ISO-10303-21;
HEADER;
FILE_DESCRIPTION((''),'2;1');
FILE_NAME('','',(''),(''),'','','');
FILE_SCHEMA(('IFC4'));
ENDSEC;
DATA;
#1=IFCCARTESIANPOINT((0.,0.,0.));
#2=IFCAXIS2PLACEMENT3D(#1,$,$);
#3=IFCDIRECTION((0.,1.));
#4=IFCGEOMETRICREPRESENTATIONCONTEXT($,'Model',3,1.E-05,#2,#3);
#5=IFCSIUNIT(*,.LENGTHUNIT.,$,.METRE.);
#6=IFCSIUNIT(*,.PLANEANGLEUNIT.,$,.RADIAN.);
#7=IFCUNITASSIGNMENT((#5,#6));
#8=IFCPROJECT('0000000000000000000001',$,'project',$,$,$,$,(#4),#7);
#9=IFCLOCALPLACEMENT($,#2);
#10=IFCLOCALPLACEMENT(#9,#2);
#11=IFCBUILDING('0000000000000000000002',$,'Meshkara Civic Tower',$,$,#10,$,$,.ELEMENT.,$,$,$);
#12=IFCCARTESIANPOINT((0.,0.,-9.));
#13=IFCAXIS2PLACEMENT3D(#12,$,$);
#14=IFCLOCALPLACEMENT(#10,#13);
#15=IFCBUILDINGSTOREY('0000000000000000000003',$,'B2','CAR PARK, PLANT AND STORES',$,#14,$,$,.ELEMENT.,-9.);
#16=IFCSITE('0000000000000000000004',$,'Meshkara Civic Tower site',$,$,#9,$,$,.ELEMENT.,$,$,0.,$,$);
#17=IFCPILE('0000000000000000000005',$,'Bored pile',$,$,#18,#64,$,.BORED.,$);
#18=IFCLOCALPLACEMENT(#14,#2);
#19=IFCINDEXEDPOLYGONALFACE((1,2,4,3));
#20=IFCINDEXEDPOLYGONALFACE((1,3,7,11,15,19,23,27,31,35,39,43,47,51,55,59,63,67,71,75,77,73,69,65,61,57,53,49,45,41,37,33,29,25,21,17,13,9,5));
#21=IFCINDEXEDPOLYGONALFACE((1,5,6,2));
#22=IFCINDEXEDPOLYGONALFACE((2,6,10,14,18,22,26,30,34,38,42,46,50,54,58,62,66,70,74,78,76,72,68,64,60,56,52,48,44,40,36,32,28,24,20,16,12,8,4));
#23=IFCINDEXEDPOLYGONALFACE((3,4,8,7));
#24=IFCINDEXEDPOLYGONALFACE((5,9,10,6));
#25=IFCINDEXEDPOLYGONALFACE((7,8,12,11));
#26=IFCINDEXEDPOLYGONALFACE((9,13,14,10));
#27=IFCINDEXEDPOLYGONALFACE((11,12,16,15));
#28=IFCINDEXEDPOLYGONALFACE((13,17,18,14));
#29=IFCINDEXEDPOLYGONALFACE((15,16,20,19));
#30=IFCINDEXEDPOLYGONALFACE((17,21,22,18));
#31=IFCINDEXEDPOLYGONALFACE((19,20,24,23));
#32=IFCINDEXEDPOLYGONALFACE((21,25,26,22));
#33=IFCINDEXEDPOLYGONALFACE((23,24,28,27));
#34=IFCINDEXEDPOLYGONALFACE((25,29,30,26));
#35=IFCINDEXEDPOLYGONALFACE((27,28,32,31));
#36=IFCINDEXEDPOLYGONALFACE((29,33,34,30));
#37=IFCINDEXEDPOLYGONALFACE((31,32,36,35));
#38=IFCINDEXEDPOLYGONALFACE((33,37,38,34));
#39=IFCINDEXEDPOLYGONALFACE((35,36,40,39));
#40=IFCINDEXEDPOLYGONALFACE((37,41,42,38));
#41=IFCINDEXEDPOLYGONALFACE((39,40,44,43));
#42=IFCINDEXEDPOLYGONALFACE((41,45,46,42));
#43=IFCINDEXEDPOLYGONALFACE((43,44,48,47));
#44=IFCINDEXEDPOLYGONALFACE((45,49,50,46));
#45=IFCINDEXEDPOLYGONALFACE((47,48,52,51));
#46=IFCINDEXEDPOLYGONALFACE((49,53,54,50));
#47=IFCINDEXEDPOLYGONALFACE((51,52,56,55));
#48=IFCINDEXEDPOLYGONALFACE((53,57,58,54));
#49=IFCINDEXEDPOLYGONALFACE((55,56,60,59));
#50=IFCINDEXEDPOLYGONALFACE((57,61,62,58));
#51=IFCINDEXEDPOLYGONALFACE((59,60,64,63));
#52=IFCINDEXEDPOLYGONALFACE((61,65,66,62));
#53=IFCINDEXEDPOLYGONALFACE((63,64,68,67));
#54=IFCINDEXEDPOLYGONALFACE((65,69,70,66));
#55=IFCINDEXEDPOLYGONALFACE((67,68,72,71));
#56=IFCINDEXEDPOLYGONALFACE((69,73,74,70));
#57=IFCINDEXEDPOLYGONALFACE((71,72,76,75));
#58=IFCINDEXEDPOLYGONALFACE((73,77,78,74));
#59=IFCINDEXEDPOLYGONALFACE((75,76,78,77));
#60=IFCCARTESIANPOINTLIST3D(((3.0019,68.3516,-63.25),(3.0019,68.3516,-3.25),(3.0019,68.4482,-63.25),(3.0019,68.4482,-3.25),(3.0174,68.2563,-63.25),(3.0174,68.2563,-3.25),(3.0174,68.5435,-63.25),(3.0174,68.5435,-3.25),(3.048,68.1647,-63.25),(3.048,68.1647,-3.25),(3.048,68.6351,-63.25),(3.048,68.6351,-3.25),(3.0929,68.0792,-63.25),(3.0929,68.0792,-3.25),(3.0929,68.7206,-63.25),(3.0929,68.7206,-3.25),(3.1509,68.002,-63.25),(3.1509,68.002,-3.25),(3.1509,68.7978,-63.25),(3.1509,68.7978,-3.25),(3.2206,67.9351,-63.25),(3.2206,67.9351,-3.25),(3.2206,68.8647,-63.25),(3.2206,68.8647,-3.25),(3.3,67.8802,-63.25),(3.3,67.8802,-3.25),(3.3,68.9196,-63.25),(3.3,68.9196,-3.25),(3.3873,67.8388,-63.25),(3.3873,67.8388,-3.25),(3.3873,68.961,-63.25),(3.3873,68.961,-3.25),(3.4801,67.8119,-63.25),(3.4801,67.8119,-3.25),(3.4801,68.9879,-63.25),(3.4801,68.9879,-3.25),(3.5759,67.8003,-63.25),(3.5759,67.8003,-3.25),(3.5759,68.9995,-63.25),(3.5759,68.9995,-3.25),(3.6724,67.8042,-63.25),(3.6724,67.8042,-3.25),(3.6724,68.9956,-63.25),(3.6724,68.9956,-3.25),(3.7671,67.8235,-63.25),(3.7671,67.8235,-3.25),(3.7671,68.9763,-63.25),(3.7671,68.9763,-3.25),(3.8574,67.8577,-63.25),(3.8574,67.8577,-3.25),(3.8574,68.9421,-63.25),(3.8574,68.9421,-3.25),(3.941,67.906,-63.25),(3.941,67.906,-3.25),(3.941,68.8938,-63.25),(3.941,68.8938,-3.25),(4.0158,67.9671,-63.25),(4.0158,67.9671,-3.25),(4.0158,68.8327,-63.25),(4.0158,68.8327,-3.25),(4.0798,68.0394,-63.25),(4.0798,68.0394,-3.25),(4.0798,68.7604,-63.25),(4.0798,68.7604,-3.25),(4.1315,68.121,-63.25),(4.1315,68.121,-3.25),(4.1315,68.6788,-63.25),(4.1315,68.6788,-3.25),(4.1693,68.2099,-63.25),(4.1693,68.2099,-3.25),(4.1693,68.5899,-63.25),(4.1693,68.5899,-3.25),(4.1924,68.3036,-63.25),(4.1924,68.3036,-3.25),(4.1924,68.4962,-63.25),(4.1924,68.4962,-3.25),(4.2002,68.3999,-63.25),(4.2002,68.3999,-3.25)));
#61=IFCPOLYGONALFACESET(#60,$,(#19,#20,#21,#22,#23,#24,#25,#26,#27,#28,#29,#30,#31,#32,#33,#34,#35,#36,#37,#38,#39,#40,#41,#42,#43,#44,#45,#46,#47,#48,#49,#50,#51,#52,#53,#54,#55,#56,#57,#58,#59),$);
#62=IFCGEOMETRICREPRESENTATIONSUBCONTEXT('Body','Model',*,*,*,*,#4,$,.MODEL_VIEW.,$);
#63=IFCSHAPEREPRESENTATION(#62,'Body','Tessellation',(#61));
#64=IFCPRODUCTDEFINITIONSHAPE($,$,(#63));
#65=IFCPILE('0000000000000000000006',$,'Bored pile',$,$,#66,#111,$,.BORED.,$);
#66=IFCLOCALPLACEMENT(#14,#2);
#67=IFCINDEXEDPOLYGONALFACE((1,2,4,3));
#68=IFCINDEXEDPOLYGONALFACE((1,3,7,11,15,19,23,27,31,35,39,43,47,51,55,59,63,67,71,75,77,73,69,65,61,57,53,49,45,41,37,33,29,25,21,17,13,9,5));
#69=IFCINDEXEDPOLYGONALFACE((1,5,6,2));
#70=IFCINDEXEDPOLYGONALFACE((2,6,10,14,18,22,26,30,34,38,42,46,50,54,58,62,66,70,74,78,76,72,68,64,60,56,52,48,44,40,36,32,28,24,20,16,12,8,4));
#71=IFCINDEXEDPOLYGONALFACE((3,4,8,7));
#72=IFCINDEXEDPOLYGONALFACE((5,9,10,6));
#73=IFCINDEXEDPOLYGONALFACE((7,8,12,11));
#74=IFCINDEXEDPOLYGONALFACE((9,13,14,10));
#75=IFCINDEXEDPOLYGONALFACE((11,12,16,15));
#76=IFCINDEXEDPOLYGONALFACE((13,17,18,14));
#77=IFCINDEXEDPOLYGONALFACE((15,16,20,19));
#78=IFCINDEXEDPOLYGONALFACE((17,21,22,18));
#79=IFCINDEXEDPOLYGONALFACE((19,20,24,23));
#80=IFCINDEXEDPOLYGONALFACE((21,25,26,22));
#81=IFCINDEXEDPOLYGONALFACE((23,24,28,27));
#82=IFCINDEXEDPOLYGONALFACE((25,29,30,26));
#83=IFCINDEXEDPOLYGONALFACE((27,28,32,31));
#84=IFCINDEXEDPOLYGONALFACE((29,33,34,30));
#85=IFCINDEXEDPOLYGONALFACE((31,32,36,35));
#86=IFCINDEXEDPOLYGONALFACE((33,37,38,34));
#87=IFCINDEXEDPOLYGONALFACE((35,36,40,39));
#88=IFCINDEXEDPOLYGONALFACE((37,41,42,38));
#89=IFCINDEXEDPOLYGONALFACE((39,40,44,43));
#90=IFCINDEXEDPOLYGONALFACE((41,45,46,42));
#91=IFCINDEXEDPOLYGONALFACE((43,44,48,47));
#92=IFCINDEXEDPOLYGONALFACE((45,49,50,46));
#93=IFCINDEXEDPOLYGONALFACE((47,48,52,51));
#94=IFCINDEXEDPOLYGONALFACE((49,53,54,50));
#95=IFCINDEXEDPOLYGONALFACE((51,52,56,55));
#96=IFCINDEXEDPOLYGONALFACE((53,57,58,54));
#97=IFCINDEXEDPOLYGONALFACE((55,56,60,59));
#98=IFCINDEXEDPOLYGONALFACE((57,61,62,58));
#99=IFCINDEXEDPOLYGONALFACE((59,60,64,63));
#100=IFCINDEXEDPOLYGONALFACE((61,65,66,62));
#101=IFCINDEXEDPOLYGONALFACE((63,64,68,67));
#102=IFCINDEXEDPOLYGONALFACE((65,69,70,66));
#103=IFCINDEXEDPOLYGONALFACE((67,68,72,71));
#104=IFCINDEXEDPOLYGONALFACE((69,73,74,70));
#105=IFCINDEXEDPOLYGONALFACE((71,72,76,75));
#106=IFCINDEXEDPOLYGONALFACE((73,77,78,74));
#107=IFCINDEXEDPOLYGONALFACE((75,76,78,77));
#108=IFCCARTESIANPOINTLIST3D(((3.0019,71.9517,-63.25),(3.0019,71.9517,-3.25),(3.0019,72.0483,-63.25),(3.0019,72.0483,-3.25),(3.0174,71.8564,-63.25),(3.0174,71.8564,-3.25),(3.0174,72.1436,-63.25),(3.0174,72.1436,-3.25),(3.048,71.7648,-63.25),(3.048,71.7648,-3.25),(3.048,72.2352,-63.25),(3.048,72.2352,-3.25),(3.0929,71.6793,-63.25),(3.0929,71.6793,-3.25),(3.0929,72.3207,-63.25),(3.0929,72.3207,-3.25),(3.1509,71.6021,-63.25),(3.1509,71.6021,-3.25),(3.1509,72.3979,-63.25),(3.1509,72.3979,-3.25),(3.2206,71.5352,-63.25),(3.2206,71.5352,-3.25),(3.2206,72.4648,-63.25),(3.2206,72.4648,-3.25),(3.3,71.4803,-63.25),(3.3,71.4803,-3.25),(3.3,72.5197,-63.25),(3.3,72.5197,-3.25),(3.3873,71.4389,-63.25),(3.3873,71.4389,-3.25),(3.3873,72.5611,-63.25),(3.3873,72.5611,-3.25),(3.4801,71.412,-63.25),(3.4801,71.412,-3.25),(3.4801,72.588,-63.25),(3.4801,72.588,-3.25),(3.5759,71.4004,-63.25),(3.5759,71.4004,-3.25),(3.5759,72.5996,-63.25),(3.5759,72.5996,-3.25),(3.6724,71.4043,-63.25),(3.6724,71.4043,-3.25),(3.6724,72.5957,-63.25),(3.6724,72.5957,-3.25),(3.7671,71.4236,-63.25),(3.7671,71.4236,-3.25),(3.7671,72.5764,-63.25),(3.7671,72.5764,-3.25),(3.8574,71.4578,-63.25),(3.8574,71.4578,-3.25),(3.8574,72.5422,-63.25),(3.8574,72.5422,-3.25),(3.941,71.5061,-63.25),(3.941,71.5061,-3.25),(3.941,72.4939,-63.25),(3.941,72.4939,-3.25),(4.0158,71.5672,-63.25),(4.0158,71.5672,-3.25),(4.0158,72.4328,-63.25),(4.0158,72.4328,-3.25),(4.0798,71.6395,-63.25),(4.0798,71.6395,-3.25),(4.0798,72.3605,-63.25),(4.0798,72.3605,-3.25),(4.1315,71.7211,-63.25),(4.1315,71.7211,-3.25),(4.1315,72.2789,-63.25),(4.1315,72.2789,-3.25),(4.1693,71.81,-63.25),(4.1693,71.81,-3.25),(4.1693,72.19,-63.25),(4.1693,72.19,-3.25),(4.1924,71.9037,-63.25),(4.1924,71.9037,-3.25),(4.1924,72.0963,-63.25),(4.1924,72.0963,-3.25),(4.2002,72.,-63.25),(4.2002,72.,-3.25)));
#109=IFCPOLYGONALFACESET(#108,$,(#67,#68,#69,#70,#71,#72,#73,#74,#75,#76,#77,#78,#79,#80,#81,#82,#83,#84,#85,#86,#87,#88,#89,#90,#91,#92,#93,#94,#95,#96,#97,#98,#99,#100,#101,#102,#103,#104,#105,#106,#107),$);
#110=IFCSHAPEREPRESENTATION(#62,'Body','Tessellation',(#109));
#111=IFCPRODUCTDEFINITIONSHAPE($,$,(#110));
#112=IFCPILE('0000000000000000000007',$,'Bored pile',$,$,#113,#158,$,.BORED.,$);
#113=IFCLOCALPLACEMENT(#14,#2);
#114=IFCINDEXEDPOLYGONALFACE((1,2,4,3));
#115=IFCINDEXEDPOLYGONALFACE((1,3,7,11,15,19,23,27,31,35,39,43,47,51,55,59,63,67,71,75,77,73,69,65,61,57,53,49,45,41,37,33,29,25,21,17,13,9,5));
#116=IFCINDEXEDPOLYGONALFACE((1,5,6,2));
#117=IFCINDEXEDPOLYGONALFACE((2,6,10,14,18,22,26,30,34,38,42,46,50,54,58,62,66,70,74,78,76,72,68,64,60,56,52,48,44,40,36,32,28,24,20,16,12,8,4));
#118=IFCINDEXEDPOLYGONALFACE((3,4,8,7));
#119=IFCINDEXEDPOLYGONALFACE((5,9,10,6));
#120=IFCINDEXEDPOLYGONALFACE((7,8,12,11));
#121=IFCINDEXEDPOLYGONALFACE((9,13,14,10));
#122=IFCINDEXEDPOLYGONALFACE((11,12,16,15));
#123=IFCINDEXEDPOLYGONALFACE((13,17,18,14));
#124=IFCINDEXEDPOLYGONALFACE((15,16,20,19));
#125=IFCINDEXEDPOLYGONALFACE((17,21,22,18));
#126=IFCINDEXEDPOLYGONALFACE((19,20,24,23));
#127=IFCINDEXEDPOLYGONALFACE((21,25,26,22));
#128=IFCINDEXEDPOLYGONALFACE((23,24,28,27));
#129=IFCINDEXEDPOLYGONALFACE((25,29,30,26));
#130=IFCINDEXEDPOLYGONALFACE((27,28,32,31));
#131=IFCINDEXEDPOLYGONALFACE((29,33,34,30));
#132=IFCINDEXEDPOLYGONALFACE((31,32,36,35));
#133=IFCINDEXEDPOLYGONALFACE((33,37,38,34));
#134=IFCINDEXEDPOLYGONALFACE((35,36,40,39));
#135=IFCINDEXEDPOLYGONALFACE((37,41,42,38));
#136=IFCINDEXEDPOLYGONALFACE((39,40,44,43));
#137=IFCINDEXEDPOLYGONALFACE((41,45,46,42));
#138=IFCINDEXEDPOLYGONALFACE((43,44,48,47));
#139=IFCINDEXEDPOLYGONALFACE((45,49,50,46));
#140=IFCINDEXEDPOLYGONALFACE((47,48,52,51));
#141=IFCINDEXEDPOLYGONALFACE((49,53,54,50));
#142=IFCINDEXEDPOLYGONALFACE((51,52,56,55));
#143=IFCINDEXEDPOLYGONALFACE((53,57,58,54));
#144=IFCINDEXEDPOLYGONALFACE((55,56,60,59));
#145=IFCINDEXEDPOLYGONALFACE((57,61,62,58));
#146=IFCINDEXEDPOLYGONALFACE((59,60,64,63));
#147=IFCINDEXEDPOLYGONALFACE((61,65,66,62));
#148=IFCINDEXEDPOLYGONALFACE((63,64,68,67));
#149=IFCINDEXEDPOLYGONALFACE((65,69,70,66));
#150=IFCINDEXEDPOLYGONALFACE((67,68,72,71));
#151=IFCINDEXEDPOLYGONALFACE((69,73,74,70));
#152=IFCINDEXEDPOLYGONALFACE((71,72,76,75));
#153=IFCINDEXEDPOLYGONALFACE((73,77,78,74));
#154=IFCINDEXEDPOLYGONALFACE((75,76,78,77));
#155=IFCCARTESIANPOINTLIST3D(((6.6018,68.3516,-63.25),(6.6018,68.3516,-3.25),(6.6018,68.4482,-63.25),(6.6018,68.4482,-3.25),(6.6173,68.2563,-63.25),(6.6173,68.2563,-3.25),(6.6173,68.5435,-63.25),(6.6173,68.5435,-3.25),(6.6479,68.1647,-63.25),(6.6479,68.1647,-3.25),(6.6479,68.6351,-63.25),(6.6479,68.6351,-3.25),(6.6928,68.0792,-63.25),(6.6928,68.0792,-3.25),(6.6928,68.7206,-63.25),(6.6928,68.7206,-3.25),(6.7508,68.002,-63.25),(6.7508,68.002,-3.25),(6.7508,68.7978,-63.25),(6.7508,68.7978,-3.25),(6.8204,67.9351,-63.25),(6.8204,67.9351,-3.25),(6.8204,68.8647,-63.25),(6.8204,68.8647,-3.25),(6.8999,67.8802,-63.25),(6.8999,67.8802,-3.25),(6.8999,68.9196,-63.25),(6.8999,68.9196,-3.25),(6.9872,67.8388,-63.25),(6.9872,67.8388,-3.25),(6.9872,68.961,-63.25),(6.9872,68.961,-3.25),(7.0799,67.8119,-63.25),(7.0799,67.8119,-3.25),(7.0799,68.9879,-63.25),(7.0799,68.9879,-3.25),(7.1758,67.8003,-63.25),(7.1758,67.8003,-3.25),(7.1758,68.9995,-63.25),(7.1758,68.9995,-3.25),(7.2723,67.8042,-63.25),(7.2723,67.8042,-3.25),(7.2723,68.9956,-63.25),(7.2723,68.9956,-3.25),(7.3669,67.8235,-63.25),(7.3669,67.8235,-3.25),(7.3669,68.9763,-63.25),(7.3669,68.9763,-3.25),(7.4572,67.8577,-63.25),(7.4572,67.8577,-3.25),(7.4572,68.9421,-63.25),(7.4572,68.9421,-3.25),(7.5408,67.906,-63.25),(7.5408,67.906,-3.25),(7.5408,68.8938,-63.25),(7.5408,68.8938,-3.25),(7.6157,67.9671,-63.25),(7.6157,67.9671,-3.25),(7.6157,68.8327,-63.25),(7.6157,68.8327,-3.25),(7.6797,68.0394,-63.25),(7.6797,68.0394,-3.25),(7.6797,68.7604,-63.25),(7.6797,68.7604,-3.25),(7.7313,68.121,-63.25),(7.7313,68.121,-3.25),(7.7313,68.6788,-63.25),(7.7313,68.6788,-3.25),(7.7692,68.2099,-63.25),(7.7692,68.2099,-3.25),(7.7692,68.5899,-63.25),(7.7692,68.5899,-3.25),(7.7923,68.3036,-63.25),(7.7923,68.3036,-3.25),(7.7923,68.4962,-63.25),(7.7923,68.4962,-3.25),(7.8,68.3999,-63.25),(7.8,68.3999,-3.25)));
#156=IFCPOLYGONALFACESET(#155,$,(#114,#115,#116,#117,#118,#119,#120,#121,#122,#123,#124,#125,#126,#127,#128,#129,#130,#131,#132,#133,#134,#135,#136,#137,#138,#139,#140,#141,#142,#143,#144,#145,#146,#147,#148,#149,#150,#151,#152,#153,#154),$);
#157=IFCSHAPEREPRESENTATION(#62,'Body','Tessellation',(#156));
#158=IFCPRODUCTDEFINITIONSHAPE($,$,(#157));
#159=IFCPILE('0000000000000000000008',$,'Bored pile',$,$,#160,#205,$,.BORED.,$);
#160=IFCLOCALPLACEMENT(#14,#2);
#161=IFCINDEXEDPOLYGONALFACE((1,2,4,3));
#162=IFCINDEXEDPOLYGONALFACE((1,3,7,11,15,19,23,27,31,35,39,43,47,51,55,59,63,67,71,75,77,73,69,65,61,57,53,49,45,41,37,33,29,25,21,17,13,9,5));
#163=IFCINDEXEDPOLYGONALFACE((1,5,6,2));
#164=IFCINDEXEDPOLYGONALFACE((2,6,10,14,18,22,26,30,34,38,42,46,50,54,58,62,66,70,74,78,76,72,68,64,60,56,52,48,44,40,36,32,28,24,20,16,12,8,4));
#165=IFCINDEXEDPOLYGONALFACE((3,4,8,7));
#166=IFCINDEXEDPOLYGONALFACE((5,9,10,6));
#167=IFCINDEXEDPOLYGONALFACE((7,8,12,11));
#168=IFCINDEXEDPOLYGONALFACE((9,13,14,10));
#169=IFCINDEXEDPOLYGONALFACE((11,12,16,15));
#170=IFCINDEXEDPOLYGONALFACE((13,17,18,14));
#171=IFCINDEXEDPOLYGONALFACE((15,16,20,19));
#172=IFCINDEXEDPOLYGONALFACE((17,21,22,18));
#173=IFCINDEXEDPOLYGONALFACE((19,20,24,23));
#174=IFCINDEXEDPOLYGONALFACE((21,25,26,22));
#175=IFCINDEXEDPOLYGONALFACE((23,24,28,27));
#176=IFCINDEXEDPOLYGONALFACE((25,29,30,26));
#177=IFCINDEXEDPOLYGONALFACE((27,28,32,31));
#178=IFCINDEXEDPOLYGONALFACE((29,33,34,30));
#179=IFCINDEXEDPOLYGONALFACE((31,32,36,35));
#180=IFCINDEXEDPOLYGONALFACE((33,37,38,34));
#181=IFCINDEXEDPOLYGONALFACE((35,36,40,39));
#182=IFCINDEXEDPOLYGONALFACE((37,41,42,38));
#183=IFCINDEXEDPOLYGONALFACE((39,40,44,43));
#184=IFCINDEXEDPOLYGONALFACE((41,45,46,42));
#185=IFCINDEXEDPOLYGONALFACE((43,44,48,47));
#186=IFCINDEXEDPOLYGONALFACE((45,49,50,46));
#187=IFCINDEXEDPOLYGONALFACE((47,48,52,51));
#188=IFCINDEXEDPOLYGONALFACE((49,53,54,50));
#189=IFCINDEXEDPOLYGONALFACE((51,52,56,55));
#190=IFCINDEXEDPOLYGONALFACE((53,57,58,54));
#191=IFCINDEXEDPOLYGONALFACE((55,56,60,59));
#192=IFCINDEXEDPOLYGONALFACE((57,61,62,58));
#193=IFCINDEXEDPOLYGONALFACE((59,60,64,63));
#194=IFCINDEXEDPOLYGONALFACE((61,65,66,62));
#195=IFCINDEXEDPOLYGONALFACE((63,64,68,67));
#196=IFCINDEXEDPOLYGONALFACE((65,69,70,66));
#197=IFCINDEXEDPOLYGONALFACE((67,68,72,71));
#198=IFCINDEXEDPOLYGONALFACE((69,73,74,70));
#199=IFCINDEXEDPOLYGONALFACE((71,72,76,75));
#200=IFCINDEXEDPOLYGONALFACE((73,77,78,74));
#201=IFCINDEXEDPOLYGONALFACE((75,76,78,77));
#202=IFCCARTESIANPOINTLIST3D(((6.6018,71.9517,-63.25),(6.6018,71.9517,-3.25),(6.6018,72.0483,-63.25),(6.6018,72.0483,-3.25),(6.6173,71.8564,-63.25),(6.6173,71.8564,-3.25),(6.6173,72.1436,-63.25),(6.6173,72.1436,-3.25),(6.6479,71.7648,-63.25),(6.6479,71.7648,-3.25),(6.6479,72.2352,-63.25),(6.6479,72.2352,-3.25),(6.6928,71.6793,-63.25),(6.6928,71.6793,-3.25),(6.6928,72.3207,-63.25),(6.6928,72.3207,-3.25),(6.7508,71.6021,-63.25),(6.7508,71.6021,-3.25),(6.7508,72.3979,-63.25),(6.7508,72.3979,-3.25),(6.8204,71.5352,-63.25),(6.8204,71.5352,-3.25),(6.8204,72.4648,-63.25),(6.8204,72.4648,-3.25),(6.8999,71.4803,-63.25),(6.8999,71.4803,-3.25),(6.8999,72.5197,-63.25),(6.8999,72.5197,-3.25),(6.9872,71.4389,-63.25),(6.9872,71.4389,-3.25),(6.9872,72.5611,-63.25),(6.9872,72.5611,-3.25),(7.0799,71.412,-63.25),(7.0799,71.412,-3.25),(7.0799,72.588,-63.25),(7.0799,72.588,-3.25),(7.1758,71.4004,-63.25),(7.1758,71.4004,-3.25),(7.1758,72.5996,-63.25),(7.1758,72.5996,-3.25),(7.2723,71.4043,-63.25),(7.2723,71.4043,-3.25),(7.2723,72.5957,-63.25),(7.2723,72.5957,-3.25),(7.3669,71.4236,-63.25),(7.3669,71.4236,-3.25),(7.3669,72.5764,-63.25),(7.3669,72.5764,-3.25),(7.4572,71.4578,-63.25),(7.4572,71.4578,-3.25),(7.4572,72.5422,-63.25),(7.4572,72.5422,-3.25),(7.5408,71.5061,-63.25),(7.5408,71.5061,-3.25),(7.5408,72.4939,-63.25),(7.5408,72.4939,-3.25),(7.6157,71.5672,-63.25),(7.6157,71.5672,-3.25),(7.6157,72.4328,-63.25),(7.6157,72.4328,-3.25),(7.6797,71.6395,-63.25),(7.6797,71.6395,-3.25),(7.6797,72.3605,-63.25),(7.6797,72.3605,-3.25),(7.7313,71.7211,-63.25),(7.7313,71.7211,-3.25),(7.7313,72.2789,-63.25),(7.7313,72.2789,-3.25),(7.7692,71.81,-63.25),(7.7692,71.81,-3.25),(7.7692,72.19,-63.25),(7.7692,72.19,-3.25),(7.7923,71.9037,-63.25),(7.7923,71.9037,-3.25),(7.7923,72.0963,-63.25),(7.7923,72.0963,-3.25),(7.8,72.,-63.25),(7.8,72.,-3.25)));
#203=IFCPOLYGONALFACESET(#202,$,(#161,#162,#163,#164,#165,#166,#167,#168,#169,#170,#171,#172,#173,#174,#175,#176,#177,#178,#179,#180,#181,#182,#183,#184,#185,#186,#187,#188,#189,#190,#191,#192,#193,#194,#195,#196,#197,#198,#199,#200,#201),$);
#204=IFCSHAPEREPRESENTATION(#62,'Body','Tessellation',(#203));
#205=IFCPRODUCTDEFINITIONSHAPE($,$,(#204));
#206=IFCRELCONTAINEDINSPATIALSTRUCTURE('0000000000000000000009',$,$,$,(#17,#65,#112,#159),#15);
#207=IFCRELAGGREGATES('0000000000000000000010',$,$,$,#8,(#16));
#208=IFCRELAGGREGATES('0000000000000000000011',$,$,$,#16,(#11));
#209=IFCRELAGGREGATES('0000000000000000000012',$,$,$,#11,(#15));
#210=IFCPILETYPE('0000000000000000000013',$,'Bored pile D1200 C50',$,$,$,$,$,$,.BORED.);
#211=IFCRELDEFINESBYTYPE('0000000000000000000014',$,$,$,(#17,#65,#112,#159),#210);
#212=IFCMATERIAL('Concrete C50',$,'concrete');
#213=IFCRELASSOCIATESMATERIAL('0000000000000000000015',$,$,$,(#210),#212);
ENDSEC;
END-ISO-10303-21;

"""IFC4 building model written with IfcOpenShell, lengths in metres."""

from ifc_helpers import new_model, si_unit, direction, frame, origin, origin_2d, place, context, subcontext, project, spatial, circle, extrude, material, material_profile, profile_set, type_object, element, save


model = new_model("IFC4")

# Units and contexts
model_context = context("Model", 3, precision=1e-05, world=origin(), true_north=direction((0.0, 1.0)))
body_context = subcontext(model_context, "Body", "Model", "MODEL_VIEW")
ifc_project = project(units=[si_unit("LENGTHUNIT", "METRE"), si_unit("PLANEANGLEUNIT", "RADIAN")], contexts=[model_context])

# Site, building, storey
site_placement = place(None, origin())
site = spatial("IfcSite", under=ifc_project, at=site_placement, Name="Meshkara Civic Tower site", CompositionType="ELEMENT", RefElevation=0.0)
building_placement = place(site_placement, origin())
building = spatial("IfcBuilding", under=site, at=building_placement, Name="Meshkara Civic Tower", CompositionType="ELEMENT")
storey_placement = place(building_placement, frame((0.0, 0.0, -9.0)))
storey = spatial("IfcBuildingStorey", under=building, at=storey_placement, Name="B2", Description="CAR PARK, PLANT AND STORES", CompositionType="ELEMENT", Elevation=-9.0)

# Piles
ifc_material_1 = material(Name="Concrete C50", Category="concrete")
ifc_material_profile_1 = material_profile(ifc_material_1, circle(Radius=0.6001, at=origin_2d()))
ifc_profile_set_1 = profile_set([ifc_material_profile_1], Name="Concrete C50")
pile_type = type_object("IfcPileType", Name="Bored pile D1200 C50", PredefinedType="BORED", material=ifc_profile_set_1)
for number, where, z_axis, x_axis, name in (
    (1, (3.6001, 68.3999, -3.25), (0.0, 0.0, -1.0), (1.0, 0.0, 0.0), "Bored pile"),
    (2, (3.6001, 72.0, -3.25), (0.0, 0.0, -1.0), (1.0, 0.0, 0.0), "Bored pile"),
    (3, (7.2, 68.3999, -3.25), (0.0, 0.0, -1.0), (1.0, 0.0, 0.0), "Bored pile"),
    (4, (7.2, 72.0, -3.25), (0.0, 0.0, -1.0), (1.0, 0.0, 0.0), "Bored pile"),
):
    element("IfcPile", number, at=place(storey_placement, frame(where, z_axis=z_axis, x_axis=x_axis)), inside=storey, type_object=pile_type, Name=name, PredefinedType="BORED", context=body_context, shape_type="SweptSolid", body=[
        extrude(circle(Radius=0.6001, at=origin_2d()), origin(), (0.0, 0.0, 1.0), 60.0),
    ])

save(model, "model.ifc")
